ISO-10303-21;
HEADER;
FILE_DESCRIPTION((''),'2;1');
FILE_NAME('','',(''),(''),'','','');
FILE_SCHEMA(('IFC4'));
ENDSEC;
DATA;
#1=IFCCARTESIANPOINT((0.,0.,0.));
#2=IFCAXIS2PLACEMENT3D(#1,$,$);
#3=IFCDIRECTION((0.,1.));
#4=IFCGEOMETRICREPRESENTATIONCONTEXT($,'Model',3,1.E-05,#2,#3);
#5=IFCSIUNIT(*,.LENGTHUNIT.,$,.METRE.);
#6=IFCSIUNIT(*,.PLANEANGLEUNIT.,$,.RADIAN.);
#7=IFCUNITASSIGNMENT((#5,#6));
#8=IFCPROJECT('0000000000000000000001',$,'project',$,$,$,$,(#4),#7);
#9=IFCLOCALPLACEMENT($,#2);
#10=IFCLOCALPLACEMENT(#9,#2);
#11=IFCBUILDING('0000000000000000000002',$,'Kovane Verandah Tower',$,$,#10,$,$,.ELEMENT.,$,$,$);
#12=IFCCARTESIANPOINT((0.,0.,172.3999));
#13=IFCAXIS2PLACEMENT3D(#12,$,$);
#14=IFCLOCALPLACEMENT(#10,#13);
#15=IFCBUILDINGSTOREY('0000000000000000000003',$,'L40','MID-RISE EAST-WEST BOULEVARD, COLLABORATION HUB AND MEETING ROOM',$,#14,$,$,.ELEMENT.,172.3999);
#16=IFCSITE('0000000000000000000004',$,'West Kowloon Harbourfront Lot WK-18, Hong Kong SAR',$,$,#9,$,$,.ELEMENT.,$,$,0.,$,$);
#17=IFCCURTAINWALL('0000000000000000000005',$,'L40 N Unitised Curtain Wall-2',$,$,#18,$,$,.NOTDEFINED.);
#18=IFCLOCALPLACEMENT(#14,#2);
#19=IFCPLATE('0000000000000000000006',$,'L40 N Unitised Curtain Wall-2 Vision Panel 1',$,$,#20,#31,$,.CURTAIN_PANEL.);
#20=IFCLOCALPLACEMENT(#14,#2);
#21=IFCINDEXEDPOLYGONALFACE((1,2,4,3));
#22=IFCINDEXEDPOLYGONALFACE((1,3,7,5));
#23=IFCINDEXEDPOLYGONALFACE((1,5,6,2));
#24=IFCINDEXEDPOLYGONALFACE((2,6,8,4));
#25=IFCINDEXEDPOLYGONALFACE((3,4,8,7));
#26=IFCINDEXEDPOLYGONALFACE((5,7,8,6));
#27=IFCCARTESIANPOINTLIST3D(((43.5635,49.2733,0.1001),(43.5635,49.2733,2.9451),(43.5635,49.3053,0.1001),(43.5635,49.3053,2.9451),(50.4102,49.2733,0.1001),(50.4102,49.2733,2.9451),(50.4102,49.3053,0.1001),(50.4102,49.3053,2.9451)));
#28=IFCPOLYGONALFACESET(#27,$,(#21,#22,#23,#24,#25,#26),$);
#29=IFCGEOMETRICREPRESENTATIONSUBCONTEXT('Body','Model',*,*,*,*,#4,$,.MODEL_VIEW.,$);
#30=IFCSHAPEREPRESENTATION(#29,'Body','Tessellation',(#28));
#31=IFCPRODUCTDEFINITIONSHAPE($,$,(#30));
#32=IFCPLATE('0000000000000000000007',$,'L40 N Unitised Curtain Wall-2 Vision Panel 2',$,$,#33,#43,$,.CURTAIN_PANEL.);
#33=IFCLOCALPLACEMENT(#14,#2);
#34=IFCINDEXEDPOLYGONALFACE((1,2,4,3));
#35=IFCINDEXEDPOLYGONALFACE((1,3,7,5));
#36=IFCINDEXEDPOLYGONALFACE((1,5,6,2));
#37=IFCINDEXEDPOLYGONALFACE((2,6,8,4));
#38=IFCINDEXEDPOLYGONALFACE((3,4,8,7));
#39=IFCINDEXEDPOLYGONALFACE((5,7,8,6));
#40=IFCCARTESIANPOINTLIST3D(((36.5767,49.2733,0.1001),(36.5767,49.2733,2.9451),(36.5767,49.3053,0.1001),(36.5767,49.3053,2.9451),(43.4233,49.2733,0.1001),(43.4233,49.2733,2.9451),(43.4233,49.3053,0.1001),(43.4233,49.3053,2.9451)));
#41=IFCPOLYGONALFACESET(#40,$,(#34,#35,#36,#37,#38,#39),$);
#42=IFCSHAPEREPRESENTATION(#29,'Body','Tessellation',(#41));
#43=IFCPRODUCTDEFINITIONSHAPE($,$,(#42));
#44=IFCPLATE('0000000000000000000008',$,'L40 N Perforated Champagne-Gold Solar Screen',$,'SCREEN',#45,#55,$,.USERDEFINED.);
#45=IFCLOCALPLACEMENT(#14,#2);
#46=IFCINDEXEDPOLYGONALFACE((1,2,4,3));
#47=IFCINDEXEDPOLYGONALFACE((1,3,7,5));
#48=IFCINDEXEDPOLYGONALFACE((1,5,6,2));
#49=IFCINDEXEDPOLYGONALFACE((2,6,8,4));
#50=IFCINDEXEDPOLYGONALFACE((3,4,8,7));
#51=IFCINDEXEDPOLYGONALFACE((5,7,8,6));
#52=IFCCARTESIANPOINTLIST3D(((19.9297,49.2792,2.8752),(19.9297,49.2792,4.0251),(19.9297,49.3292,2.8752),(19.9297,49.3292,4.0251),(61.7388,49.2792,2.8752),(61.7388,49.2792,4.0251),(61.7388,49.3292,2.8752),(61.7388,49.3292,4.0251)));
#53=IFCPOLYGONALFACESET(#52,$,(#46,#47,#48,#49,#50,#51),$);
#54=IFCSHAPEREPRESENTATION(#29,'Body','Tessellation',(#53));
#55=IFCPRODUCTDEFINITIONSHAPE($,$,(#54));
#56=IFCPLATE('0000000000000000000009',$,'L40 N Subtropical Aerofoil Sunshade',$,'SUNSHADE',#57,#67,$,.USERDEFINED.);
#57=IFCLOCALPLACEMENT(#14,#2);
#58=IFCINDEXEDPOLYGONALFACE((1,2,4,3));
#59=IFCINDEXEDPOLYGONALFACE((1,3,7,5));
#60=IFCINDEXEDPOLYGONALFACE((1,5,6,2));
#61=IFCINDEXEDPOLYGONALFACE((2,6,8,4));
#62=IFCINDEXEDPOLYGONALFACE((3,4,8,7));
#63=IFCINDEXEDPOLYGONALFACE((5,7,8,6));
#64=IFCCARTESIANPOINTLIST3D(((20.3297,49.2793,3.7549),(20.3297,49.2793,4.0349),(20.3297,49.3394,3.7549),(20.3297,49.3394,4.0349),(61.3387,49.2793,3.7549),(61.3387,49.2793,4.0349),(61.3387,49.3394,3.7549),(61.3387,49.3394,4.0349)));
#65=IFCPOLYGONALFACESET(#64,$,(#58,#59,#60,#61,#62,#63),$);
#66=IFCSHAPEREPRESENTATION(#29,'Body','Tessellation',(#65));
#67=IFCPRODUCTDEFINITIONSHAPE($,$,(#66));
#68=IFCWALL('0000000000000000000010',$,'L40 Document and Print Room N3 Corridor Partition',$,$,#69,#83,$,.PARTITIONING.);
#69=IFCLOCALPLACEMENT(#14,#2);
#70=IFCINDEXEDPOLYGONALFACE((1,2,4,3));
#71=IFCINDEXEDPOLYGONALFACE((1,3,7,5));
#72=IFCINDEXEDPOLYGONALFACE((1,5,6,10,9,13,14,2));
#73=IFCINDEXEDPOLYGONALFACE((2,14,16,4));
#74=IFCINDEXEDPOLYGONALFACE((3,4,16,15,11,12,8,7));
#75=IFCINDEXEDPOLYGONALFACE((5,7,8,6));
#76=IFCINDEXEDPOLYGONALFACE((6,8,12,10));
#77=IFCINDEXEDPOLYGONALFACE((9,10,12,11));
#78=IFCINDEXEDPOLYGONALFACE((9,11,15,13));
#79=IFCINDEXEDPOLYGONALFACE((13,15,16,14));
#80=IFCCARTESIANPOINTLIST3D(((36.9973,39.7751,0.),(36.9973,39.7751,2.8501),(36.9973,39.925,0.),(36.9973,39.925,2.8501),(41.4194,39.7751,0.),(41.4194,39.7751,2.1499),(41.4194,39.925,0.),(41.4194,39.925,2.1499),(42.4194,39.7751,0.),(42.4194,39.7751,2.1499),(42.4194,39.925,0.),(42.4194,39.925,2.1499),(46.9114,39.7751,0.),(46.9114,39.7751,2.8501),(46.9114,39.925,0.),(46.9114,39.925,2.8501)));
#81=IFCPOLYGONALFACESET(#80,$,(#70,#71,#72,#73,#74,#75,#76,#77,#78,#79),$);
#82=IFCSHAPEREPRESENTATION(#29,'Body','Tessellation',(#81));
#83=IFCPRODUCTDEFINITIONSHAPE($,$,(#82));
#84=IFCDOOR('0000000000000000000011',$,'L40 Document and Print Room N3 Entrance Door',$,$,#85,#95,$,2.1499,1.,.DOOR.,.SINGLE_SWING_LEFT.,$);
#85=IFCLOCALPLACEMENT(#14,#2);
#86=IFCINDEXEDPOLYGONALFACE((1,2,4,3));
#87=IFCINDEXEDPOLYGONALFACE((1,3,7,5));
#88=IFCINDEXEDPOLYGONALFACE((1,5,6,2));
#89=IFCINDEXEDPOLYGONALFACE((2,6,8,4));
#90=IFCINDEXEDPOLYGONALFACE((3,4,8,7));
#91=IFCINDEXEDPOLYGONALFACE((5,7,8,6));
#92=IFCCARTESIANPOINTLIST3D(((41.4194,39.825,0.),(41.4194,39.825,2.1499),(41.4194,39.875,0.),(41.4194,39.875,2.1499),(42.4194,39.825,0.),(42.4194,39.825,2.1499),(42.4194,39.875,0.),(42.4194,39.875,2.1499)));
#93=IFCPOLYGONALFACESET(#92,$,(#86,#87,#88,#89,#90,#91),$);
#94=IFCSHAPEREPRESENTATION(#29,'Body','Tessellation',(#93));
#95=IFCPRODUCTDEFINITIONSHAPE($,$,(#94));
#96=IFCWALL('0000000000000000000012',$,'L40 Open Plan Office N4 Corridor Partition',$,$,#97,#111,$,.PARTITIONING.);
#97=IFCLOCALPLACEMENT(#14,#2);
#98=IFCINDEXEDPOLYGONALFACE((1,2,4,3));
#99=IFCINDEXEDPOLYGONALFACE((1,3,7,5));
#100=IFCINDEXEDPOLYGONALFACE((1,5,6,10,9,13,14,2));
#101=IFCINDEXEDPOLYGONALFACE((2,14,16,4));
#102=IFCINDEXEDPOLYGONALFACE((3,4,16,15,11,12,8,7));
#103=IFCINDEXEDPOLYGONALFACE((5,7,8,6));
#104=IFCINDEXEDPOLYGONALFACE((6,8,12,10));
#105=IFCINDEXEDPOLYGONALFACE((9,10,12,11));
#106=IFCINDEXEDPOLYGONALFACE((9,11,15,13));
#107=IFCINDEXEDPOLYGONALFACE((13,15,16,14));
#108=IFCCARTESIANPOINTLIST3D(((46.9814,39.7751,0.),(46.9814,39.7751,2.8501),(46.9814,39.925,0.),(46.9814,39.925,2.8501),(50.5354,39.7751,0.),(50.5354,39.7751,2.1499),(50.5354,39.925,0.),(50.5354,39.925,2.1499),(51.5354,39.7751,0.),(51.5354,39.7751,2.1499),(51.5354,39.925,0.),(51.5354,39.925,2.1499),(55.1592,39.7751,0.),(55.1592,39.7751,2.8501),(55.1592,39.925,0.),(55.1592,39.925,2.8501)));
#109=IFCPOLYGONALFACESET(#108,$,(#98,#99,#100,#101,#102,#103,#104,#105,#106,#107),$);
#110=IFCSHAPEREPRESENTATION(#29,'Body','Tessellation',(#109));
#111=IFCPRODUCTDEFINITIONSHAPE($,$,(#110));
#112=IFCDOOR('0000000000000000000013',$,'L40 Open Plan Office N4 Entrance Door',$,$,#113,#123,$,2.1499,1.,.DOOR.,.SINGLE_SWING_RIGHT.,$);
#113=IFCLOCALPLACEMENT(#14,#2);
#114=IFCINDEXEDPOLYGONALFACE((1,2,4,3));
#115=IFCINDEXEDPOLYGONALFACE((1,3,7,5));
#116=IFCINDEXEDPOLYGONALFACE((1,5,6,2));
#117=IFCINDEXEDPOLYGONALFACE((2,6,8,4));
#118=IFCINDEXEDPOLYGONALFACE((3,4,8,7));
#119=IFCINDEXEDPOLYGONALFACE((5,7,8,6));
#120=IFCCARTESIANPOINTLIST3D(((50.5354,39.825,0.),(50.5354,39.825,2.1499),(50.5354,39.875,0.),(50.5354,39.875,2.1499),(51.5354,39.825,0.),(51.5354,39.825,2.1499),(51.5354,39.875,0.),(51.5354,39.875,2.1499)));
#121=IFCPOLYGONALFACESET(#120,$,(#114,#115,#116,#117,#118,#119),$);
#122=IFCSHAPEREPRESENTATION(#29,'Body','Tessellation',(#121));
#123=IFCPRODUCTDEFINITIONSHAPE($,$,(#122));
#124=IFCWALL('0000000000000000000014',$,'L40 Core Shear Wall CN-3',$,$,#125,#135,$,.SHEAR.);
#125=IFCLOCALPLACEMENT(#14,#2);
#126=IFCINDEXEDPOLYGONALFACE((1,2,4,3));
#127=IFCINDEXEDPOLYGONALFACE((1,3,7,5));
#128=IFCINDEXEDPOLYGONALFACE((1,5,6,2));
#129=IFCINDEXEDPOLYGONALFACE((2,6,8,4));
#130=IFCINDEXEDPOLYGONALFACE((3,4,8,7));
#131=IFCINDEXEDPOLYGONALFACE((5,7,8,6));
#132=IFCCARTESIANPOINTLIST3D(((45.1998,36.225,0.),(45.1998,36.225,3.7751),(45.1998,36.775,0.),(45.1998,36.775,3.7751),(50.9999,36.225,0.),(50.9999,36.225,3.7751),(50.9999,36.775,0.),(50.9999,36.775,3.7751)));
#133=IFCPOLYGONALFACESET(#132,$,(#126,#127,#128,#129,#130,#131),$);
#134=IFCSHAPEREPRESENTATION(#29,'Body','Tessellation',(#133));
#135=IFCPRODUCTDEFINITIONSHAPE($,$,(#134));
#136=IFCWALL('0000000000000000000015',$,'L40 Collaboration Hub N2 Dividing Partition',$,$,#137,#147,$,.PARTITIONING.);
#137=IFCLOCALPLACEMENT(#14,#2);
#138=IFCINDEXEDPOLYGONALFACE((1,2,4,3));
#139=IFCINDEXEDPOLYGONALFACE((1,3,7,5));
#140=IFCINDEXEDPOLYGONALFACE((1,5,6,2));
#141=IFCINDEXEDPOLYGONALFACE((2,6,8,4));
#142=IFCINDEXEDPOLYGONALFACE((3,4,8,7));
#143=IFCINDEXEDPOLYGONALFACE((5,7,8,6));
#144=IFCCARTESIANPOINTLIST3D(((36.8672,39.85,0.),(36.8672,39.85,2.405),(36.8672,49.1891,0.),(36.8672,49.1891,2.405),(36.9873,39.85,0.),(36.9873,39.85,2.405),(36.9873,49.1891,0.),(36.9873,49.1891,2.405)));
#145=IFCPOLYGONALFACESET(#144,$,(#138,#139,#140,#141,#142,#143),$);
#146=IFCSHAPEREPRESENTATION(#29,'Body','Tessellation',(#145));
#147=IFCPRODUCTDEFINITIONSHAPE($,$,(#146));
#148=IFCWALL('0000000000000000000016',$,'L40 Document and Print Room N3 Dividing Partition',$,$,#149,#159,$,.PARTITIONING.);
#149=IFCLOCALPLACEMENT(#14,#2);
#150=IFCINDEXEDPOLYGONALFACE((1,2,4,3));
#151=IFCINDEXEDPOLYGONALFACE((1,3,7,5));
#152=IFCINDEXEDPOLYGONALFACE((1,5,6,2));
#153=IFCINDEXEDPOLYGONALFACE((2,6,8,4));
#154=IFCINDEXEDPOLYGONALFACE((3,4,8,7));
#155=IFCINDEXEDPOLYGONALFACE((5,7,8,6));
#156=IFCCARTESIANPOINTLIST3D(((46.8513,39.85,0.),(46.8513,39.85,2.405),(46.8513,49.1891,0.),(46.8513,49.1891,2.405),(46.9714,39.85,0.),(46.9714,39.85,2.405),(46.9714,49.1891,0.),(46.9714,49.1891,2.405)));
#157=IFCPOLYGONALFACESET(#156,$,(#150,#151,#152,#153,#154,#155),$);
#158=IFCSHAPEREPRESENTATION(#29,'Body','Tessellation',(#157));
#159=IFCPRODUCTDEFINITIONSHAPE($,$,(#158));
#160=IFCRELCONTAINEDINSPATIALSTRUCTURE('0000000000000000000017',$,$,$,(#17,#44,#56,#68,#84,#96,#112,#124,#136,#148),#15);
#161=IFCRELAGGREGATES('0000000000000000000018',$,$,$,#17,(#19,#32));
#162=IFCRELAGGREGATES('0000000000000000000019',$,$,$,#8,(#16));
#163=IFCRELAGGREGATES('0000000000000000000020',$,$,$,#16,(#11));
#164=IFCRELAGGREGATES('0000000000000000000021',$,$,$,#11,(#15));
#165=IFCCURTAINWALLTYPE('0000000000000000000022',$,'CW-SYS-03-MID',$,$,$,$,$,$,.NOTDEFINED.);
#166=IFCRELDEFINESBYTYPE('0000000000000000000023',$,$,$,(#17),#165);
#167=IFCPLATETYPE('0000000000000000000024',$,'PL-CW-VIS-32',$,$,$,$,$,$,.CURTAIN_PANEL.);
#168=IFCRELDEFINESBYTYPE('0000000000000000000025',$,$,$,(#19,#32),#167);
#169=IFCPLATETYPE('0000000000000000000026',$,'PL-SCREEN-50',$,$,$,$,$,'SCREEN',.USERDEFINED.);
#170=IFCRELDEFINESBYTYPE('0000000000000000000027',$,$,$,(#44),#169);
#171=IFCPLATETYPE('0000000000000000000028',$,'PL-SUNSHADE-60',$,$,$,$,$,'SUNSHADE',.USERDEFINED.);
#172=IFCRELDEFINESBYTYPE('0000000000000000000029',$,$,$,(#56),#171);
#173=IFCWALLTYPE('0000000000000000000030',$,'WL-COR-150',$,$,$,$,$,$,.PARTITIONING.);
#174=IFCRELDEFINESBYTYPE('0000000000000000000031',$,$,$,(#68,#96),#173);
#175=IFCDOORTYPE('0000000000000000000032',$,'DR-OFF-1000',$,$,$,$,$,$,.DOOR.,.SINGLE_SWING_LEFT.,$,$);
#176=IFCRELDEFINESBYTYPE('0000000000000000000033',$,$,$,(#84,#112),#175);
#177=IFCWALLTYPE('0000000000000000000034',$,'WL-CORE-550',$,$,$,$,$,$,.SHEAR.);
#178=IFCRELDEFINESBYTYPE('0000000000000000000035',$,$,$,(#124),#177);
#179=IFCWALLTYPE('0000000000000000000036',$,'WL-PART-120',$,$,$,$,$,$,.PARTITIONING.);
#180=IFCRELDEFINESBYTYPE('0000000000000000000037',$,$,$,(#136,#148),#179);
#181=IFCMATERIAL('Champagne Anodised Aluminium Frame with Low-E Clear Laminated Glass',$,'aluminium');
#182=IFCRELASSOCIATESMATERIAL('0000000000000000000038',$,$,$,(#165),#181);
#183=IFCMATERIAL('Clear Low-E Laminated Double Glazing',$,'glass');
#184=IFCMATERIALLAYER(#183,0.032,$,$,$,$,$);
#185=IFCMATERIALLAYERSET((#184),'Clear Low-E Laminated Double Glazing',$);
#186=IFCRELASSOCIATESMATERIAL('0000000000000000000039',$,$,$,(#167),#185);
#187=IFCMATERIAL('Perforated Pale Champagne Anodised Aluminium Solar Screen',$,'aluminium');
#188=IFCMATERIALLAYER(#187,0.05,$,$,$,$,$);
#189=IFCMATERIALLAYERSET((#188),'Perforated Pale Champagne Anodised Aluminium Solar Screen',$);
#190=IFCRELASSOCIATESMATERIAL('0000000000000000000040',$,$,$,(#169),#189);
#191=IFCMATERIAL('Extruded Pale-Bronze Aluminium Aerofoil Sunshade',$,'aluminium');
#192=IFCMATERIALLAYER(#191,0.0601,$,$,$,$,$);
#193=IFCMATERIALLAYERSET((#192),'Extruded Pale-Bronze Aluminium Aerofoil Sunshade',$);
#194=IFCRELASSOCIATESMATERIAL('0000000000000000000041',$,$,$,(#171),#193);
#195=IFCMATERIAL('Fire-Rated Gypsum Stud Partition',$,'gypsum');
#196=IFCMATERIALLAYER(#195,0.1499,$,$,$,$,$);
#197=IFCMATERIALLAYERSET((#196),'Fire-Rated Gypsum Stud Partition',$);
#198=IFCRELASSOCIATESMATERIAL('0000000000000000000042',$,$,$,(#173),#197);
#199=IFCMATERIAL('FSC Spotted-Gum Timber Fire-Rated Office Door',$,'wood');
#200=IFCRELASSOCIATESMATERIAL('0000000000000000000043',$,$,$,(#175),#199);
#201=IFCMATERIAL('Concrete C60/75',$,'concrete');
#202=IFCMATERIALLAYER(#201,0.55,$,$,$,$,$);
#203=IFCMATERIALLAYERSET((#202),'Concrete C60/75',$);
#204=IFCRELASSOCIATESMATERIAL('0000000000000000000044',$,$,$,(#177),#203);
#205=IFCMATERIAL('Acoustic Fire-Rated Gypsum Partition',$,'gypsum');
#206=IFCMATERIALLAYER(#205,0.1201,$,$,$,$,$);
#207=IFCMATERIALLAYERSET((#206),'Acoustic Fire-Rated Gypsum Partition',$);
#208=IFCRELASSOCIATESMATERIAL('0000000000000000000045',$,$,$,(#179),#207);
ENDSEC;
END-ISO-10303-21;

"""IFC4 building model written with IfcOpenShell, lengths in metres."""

from ifc_helpers import new_model, si_unit, direction, frame, frame_2d, origin, origin_2d, place, context, subcontext, project, spatial, rectangle, extrude, material, layer, layer_set, type_object, element, fill, aggregate, save


model = new_model("IFC4")

# Units and contexts
model_context = context("Model", 3, precision=1e-05, world=origin(), true_north=direction((0.0, 1.0)))
body_context = subcontext(model_context, "Body", "Model", "MODEL_VIEW")
ifc_project = project(units=[si_unit("LENGTHUNIT", "METRE"), si_unit("PLANEANGLEUNIT", "RADIAN")], contexts=[model_context])

# Site, building, storey
site_placement = place(None, origin())
site = spatial("IfcSite", under=ifc_project, at=site_placement, Name="West Kowloon Harbourfront Lot WK-18, Hong Kong SAR", CompositionType="ELEMENT", RefElevation=0.0)
building_placement = place(site_placement, origin())
building = spatial("IfcBuilding", under=site, at=building_placement, Name="Kovane Verandah Tower", CompositionType="ELEMENT")
storey_placement = place(building_placement, frame((0.0, 0.0, 172.3999)))
storey = spatial("IfcBuildingStorey", under=building, at=storey_placement, Name="L40", Description="MID-RISE EAST-WEST BOULEVARD, COLLABORATION HUB AND MEETING ROOM", CompositionType="ELEMENT", Elevation=172.3999)

# Shared definitions
ifc_material_1 = material(Name="Concrete C60/75", Category="concrete")

# Curtain wall, plates
ifc_material_2 = material(Name="Champagne Anodised Aluminium Frame with Low-E Clear Laminated Glass", Category="aluminium")
curtain_wall_type = type_object("IfcCurtainWallType", Name="CW-SYS-03-MID", PredefinedType="NOTDEFINED", material=ifc_material_2)
curtain_wall_placement = place(storey_placement, origin())
curtain_wall = element("IfcCurtainWall", 1, at=curtain_wall_placement, inside=storey, type_object=curtain_wall_type, Name="L40 N Unitised Curtain Wall-2", PredefinedType="NOTDEFINED")
ifc_material_3 = material(Name="Clear Low-E Laminated Double Glazing", Category="glass")
ifc_layer_1 = layer(ifc_material_3, 0.032)
ifc_layer_set_1 = layer_set([ifc_layer_1], Name="Clear Low-E Laminated Double Glazing")
plate_type_1 = type_object("IfcPlateType", Name="PL-CW-VIS-32", PredefinedType="CURTAIN_PANEL", material=ifc_layer_set_1)
plate_1_placement = place(storey_placement, frame((46.9868, 49.2893, 0.1001), z_axis=(0.0, 0.0, 1.0), x_axis=(-1.0, 0.0, 0.0)))
plate_1 = element("IfcPlate", 2, at=plate_1_placement, type_object=plate_type_1, Name="L40 N Unitised Curtain Wall-2 Vision Panel 1", PredefinedType="CURTAIN_PANEL", context=body_context, shape_type="SweptSolid", body=[
    extrude(rectangle(XDim=6.8467, YDim=0.032, at=origin_2d()), origin(), (0.0, 0.0, 1.0), 2.845),
])
plate_2_placement = place(storey_placement, frame((40.0, 49.2893, 0.1001), z_axis=(0.0, 0.0, 1.0), x_axis=(-1.0, 0.0, 0.0)))
plate_2 = element("IfcPlate", 3, at=plate_2_placement, type_object=plate_type_1, Name="L40 N Unitised Curtain Wall-2 Vision Panel 2", PredefinedType="CURTAIN_PANEL", context=body_context, shape_type="SweptSolid", body=[
    extrude(rectangle(XDim=6.8467, YDim=0.032, at=origin_2d()), origin(), (0.0, 0.0, 1.0), 2.845),
])
aggregate(curtain_wall, [plate_1, plate_2])

# Plates
ifc_material_4 = material(Name="Perforated Pale Champagne Anodised Aluminium Solar Screen", Category="aluminium")
ifc_layer_2 = layer(ifc_material_4, 0.05)
ifc_layer_set_2 = layer_set([ifc_layer_2], Name="Perforated Pale Champagne Anodised Aluminium Solar Screen")
plate_type_2 = type_object("IfcPlateType", Name="PL-SCREEN-50", ElementType="SCREEN", PredefinedType="USERDEFINED", material=ifc_layer_set_2)
plate_3_placement = place(storey_placement, frame((40.8342, 49.3042, 2.8752), z_axis=(0.0, 0.0, 1.0), x_axis=(-1.0, 0.0, 0.0)))
element("IfcPlate", 4, at=plate_3_placement, inside=storey, type_object=plate_type_2, Name="L40 N Perforated Champagne-Gold Solar Screen", ObjectType="SCREEN", PredefinedType="USERDEFINED", context=body_context, shape_type="SweptSolid", body=[
    extrude(rectangle(XDim=41.8091, YDim=0.05, at=origin_2d()), origin(), (0.0, 0.0, 1.0), 1.1499),
])
ifc_material_5 = material(Name="Extruded Pale-Bronze Aluminium Aerofoil Sunshade", Category="aluminium")
ifc_layer_3 = layer(ifc_material_5, 0.0601)
ifc_layer_set_3 = layer_set([ifc_layer_3], Name="Extruded Pale-Bronze Aluminium Aerofoil Sunshade")
plate_type_3 = type_object("IfcPlateType", Name="PL-SUNSHADE-60", ElementType="SUNSHADE", PredefinedType="USERDEFINED", material=ifc_layer_set_3)
plate_4_placement = place(storey_placement, frame((40.8342, 49.3093, 3.7549), z_axis=(0.0, 0.0, 1.0), x_axis=(-1.0, 0.0, 0.0)))
element("IfcPlate", 5, at=plate_4_placement, inside=storey, type_object=plate_type_3, Name="L40 N Subtropical Aerofoil Sunshade", ObjectType="SUNSHADE", PredefinedType="USERDEFINED", context=body_context, shape_type="SweptSolid", body=[
    extrude(rectangle(XDim=41.009, YDim=0.0601, at=origin_2d()), origin(), (0.0, 0.0, 1.0), 0.28),
])

# Walls, openings, doors
ifc_material_6 = material(Name="Fire-Rated Gypsum Stud Partition", Category="gypsum")
ifc_layer_4 = layer(ifc_material_6, 0.1499)
ifc_layer_set_4 = layer_set([ifc_layer_4], Name="Fire-Rated Gypsum Stud Partition")
wall_type_1 = type_object("IfcWallType", Name="WL-COR-150", PredefinedType="PARTITIONING", material=ifc_layer_set_4)
wall_1_placement = place(storey_placement, frame((36.9973, 39.8501, 0.0), z_axis=(0.0, 0.0, 1.0), x_axis=(1.0, 0.0, 0.0)))
wall_1 = element("IfcWall", 6, at=wall_1_placement, inside=storey, type_object=wall_type_1, Name="L40 Document and Print Room N3 Corridor Partition", PredefinedType="PARTITIONING", context=body_context, shape_type="SweptSolid", body=[
    extrude(rectangle(XDim=9.9141, YDim=0.1499, at=frame_2d((4.957, 0.0))), origin(), (0.0, 0.0, 1.0), 2.8501),
])
opening_1_placement = place(wall_1_placement, frame((4.4221, 0.0, 0.0)))
opening_1 = element("IfcOpeningElement", 7, at=opening_1_placement, cuts=wall_1, PredefinedType="OPENING", context=body_context, shape_type="SweptSolid", body=[
    extrude(rectangle(XDim=1.0, YDim=2.1499, at=frame_2d((0.5, 1.075))), frame((0.0, 0.075, 0.0), z_axis=(0.0, -1.0, 0.0), x_axis=(1.0, 0.0, 0.0)), (0.0, 0.0, 1.0), 0.1499),
])
ifc_material_7 = material(Name="FSC Spotted-Gum Timber Fire-Rated Office Door", Category="wood")
door_type_1 = type_object("IfcDoorType", Name="DR-OFF-1000", OperationType="SINGLE_SWING_LEFT", PredefinedType="DOOR", material=ifc_material_7)
door_1_placement = place(opening_1_placement, origin())
door_1 = element("IfcDoor", 8, at=door_1_placement, inside=storey, type_object=door_type_1, Name="L40 Document and Print Room N3 Entrance Door", OperationType="SINGLE_SWING_LEFT", OverallHeight=2.1499, OverallWidth=1.0, PredefinedType="DOOR", context=body_context, shape_type="SweptSolid", body=[
    extrude(rectangle(XDim=1.0, YDim=2.1499, at=frame_2d((0.5, 1.075))), frame((0.0, 0.0249, 0.0), z_axis=(0.0, -1.0, 0.0), x_axis=(1.0, 0.0, 0.0)), (0.0, 0.0, 1.0), 0.05),
])
fill(opening_1, door_1)
wall_2_placement = place(storey_placement, frame((46.9814, 39.8501, 0.0), z_axis=(0.0, 0.0, 1.0), x_axis=(1.0, 0.0, 0.0)))
wall_2 = element("IfcWall", 9, at=wall_2_placement, inside=storey, type_object=wall_type_1, Name="L40 Open Plan Office N4 Corridor Partition", PredefinedType="PARTITIONING", context=body_context, shape_type="SweptSolid", body=[
    extrude(rectangle(XDim=8.1777, YDim=0.1499, at=frame_2d((4.0889, 0.0))), origin(), (0.0, 0.0, 1.0), 2.8501),
])
opening_2_placement = place(wall_2_placement, frame((3.554, 0.0, 0.0)))
opening_2 = element("IfcOpeningElement", 10, at=opening_2_placement, cuts=wall_2, PredefinedType="OPENING", context=body_context, shape_type="SweptSolid", body=[
    extrude(rectangle(XDim=1.0, YDim=2.1499, at=frame_2d((0.5, 1.075))), frame((0.0, 0.075, 0.0), z_axis=(0.0, -1.0, 0.0), x_axis=(1.0, 0.0, 0.0)), (0.0, 0.0, 1.0), 0.1499),
])
door_2_placement = place(opening_2_placement, origin())
door_2 = element("IfcDoor", 11, at=door_2_placement, inside=storey, type_object=door_type_1, Name="L40 Open Plan Office N4 Entrance Door", OperationType="SINGLE_SWING_RIGHT", OverallHeight=2.1499, OverallWidth=1.0, PredefinedType="DOOR", context=body_context, shape_type="SweptSolid", body=[
    extrude(rectangle(XDim=1.0, YDim=2.1499, at=frame_2d((0.5, 1.075))), frame((0.0, 0.0249, 0.0), z_axis=(0.0, -1.0, 0.0), x_axis=(1.0, 0.0, 0.0)), (0.0, 0.0, 1.0), 0.05),
])
fill(opening_2, door_2)
ifc_layer_5 = layer(ifc_material_1, 0.55)
ifc_layer_set_5 = layer_set([ifc_layer_5], Name="Concrete C60/75")
wall_type_2 = type_object("IfcWallType", Name="WL-CORE-550", PredefinedType="SHEAR", material=ifc_layer_set_5)

# Walls
wall_3_placement = place(storey_placement, frame((45.2, 36.5, 0.0), z_axis=(0.0, 0.0, 1.0), x_axis=(1.0, 0.0, 0.0)))
element("IfcWall", 12, at=wall_3_placement, inside=storey, type_object=wall_type_2, Name="L40 Core Shear Wall CN-3", PredefinedType="SHEAR", context=body_context, shape_type="SweptSolid", body=[
    extrude(rectangle(XDim=5.8, YDim=0.55, at=frame_2d((2.8999, 0.0))), origin(), (0.0, 0.0, 1.0), 3.7751),
])
ifc_material_8 = material(Name="Acoustic Fire-Rated Gypsum Partition", Category="gypsum")
ifc_layer_6 = layer(ifc_material_8, 0.1201)
ifc_layer_set_6 = layer_set([ifc_layer_6], Name="Acoustic Fire-Rated Gypsum Partition")
wall_type_3 = type_object("IfcWallType", Name="WL-PART-120", PredefinedType="PARTITIONING", material=ifc_layer_set_6)
for number, where, z_axis, x_axis, name in (
    (13, (36.9272, 39.8501, 0.0), (0.0, 0.0, 1.0), (0.0, 1.0, 0.0), "L40 Collaboration Hub N2 Dividing Partition"),
    (14, (46.9114, 39.8501, 0.0), (0.0, 0.0, 1.0), (0.0, 1.0, 0.0), "L40 Document and Print Room N3 Dividing Partition"),
):
    element("IfcWall", number, at=place(storey_placement, frame(where, z_axis=z_axis, x_axis=x_axis)), inside=storey, type_object=wall_type_3, Name=name, PredefinedType="PARTITIONING", context=body_context, shape_type="SweptSolid", body=[
        extrude(rectangle(XDim=9.3391, YDim=0.1201, at=frame_2d((4.6694, 0.0))), origin(), (0.0, 0.0, 1.0), 2.405),
    ])

save(model, "model.ifc")
